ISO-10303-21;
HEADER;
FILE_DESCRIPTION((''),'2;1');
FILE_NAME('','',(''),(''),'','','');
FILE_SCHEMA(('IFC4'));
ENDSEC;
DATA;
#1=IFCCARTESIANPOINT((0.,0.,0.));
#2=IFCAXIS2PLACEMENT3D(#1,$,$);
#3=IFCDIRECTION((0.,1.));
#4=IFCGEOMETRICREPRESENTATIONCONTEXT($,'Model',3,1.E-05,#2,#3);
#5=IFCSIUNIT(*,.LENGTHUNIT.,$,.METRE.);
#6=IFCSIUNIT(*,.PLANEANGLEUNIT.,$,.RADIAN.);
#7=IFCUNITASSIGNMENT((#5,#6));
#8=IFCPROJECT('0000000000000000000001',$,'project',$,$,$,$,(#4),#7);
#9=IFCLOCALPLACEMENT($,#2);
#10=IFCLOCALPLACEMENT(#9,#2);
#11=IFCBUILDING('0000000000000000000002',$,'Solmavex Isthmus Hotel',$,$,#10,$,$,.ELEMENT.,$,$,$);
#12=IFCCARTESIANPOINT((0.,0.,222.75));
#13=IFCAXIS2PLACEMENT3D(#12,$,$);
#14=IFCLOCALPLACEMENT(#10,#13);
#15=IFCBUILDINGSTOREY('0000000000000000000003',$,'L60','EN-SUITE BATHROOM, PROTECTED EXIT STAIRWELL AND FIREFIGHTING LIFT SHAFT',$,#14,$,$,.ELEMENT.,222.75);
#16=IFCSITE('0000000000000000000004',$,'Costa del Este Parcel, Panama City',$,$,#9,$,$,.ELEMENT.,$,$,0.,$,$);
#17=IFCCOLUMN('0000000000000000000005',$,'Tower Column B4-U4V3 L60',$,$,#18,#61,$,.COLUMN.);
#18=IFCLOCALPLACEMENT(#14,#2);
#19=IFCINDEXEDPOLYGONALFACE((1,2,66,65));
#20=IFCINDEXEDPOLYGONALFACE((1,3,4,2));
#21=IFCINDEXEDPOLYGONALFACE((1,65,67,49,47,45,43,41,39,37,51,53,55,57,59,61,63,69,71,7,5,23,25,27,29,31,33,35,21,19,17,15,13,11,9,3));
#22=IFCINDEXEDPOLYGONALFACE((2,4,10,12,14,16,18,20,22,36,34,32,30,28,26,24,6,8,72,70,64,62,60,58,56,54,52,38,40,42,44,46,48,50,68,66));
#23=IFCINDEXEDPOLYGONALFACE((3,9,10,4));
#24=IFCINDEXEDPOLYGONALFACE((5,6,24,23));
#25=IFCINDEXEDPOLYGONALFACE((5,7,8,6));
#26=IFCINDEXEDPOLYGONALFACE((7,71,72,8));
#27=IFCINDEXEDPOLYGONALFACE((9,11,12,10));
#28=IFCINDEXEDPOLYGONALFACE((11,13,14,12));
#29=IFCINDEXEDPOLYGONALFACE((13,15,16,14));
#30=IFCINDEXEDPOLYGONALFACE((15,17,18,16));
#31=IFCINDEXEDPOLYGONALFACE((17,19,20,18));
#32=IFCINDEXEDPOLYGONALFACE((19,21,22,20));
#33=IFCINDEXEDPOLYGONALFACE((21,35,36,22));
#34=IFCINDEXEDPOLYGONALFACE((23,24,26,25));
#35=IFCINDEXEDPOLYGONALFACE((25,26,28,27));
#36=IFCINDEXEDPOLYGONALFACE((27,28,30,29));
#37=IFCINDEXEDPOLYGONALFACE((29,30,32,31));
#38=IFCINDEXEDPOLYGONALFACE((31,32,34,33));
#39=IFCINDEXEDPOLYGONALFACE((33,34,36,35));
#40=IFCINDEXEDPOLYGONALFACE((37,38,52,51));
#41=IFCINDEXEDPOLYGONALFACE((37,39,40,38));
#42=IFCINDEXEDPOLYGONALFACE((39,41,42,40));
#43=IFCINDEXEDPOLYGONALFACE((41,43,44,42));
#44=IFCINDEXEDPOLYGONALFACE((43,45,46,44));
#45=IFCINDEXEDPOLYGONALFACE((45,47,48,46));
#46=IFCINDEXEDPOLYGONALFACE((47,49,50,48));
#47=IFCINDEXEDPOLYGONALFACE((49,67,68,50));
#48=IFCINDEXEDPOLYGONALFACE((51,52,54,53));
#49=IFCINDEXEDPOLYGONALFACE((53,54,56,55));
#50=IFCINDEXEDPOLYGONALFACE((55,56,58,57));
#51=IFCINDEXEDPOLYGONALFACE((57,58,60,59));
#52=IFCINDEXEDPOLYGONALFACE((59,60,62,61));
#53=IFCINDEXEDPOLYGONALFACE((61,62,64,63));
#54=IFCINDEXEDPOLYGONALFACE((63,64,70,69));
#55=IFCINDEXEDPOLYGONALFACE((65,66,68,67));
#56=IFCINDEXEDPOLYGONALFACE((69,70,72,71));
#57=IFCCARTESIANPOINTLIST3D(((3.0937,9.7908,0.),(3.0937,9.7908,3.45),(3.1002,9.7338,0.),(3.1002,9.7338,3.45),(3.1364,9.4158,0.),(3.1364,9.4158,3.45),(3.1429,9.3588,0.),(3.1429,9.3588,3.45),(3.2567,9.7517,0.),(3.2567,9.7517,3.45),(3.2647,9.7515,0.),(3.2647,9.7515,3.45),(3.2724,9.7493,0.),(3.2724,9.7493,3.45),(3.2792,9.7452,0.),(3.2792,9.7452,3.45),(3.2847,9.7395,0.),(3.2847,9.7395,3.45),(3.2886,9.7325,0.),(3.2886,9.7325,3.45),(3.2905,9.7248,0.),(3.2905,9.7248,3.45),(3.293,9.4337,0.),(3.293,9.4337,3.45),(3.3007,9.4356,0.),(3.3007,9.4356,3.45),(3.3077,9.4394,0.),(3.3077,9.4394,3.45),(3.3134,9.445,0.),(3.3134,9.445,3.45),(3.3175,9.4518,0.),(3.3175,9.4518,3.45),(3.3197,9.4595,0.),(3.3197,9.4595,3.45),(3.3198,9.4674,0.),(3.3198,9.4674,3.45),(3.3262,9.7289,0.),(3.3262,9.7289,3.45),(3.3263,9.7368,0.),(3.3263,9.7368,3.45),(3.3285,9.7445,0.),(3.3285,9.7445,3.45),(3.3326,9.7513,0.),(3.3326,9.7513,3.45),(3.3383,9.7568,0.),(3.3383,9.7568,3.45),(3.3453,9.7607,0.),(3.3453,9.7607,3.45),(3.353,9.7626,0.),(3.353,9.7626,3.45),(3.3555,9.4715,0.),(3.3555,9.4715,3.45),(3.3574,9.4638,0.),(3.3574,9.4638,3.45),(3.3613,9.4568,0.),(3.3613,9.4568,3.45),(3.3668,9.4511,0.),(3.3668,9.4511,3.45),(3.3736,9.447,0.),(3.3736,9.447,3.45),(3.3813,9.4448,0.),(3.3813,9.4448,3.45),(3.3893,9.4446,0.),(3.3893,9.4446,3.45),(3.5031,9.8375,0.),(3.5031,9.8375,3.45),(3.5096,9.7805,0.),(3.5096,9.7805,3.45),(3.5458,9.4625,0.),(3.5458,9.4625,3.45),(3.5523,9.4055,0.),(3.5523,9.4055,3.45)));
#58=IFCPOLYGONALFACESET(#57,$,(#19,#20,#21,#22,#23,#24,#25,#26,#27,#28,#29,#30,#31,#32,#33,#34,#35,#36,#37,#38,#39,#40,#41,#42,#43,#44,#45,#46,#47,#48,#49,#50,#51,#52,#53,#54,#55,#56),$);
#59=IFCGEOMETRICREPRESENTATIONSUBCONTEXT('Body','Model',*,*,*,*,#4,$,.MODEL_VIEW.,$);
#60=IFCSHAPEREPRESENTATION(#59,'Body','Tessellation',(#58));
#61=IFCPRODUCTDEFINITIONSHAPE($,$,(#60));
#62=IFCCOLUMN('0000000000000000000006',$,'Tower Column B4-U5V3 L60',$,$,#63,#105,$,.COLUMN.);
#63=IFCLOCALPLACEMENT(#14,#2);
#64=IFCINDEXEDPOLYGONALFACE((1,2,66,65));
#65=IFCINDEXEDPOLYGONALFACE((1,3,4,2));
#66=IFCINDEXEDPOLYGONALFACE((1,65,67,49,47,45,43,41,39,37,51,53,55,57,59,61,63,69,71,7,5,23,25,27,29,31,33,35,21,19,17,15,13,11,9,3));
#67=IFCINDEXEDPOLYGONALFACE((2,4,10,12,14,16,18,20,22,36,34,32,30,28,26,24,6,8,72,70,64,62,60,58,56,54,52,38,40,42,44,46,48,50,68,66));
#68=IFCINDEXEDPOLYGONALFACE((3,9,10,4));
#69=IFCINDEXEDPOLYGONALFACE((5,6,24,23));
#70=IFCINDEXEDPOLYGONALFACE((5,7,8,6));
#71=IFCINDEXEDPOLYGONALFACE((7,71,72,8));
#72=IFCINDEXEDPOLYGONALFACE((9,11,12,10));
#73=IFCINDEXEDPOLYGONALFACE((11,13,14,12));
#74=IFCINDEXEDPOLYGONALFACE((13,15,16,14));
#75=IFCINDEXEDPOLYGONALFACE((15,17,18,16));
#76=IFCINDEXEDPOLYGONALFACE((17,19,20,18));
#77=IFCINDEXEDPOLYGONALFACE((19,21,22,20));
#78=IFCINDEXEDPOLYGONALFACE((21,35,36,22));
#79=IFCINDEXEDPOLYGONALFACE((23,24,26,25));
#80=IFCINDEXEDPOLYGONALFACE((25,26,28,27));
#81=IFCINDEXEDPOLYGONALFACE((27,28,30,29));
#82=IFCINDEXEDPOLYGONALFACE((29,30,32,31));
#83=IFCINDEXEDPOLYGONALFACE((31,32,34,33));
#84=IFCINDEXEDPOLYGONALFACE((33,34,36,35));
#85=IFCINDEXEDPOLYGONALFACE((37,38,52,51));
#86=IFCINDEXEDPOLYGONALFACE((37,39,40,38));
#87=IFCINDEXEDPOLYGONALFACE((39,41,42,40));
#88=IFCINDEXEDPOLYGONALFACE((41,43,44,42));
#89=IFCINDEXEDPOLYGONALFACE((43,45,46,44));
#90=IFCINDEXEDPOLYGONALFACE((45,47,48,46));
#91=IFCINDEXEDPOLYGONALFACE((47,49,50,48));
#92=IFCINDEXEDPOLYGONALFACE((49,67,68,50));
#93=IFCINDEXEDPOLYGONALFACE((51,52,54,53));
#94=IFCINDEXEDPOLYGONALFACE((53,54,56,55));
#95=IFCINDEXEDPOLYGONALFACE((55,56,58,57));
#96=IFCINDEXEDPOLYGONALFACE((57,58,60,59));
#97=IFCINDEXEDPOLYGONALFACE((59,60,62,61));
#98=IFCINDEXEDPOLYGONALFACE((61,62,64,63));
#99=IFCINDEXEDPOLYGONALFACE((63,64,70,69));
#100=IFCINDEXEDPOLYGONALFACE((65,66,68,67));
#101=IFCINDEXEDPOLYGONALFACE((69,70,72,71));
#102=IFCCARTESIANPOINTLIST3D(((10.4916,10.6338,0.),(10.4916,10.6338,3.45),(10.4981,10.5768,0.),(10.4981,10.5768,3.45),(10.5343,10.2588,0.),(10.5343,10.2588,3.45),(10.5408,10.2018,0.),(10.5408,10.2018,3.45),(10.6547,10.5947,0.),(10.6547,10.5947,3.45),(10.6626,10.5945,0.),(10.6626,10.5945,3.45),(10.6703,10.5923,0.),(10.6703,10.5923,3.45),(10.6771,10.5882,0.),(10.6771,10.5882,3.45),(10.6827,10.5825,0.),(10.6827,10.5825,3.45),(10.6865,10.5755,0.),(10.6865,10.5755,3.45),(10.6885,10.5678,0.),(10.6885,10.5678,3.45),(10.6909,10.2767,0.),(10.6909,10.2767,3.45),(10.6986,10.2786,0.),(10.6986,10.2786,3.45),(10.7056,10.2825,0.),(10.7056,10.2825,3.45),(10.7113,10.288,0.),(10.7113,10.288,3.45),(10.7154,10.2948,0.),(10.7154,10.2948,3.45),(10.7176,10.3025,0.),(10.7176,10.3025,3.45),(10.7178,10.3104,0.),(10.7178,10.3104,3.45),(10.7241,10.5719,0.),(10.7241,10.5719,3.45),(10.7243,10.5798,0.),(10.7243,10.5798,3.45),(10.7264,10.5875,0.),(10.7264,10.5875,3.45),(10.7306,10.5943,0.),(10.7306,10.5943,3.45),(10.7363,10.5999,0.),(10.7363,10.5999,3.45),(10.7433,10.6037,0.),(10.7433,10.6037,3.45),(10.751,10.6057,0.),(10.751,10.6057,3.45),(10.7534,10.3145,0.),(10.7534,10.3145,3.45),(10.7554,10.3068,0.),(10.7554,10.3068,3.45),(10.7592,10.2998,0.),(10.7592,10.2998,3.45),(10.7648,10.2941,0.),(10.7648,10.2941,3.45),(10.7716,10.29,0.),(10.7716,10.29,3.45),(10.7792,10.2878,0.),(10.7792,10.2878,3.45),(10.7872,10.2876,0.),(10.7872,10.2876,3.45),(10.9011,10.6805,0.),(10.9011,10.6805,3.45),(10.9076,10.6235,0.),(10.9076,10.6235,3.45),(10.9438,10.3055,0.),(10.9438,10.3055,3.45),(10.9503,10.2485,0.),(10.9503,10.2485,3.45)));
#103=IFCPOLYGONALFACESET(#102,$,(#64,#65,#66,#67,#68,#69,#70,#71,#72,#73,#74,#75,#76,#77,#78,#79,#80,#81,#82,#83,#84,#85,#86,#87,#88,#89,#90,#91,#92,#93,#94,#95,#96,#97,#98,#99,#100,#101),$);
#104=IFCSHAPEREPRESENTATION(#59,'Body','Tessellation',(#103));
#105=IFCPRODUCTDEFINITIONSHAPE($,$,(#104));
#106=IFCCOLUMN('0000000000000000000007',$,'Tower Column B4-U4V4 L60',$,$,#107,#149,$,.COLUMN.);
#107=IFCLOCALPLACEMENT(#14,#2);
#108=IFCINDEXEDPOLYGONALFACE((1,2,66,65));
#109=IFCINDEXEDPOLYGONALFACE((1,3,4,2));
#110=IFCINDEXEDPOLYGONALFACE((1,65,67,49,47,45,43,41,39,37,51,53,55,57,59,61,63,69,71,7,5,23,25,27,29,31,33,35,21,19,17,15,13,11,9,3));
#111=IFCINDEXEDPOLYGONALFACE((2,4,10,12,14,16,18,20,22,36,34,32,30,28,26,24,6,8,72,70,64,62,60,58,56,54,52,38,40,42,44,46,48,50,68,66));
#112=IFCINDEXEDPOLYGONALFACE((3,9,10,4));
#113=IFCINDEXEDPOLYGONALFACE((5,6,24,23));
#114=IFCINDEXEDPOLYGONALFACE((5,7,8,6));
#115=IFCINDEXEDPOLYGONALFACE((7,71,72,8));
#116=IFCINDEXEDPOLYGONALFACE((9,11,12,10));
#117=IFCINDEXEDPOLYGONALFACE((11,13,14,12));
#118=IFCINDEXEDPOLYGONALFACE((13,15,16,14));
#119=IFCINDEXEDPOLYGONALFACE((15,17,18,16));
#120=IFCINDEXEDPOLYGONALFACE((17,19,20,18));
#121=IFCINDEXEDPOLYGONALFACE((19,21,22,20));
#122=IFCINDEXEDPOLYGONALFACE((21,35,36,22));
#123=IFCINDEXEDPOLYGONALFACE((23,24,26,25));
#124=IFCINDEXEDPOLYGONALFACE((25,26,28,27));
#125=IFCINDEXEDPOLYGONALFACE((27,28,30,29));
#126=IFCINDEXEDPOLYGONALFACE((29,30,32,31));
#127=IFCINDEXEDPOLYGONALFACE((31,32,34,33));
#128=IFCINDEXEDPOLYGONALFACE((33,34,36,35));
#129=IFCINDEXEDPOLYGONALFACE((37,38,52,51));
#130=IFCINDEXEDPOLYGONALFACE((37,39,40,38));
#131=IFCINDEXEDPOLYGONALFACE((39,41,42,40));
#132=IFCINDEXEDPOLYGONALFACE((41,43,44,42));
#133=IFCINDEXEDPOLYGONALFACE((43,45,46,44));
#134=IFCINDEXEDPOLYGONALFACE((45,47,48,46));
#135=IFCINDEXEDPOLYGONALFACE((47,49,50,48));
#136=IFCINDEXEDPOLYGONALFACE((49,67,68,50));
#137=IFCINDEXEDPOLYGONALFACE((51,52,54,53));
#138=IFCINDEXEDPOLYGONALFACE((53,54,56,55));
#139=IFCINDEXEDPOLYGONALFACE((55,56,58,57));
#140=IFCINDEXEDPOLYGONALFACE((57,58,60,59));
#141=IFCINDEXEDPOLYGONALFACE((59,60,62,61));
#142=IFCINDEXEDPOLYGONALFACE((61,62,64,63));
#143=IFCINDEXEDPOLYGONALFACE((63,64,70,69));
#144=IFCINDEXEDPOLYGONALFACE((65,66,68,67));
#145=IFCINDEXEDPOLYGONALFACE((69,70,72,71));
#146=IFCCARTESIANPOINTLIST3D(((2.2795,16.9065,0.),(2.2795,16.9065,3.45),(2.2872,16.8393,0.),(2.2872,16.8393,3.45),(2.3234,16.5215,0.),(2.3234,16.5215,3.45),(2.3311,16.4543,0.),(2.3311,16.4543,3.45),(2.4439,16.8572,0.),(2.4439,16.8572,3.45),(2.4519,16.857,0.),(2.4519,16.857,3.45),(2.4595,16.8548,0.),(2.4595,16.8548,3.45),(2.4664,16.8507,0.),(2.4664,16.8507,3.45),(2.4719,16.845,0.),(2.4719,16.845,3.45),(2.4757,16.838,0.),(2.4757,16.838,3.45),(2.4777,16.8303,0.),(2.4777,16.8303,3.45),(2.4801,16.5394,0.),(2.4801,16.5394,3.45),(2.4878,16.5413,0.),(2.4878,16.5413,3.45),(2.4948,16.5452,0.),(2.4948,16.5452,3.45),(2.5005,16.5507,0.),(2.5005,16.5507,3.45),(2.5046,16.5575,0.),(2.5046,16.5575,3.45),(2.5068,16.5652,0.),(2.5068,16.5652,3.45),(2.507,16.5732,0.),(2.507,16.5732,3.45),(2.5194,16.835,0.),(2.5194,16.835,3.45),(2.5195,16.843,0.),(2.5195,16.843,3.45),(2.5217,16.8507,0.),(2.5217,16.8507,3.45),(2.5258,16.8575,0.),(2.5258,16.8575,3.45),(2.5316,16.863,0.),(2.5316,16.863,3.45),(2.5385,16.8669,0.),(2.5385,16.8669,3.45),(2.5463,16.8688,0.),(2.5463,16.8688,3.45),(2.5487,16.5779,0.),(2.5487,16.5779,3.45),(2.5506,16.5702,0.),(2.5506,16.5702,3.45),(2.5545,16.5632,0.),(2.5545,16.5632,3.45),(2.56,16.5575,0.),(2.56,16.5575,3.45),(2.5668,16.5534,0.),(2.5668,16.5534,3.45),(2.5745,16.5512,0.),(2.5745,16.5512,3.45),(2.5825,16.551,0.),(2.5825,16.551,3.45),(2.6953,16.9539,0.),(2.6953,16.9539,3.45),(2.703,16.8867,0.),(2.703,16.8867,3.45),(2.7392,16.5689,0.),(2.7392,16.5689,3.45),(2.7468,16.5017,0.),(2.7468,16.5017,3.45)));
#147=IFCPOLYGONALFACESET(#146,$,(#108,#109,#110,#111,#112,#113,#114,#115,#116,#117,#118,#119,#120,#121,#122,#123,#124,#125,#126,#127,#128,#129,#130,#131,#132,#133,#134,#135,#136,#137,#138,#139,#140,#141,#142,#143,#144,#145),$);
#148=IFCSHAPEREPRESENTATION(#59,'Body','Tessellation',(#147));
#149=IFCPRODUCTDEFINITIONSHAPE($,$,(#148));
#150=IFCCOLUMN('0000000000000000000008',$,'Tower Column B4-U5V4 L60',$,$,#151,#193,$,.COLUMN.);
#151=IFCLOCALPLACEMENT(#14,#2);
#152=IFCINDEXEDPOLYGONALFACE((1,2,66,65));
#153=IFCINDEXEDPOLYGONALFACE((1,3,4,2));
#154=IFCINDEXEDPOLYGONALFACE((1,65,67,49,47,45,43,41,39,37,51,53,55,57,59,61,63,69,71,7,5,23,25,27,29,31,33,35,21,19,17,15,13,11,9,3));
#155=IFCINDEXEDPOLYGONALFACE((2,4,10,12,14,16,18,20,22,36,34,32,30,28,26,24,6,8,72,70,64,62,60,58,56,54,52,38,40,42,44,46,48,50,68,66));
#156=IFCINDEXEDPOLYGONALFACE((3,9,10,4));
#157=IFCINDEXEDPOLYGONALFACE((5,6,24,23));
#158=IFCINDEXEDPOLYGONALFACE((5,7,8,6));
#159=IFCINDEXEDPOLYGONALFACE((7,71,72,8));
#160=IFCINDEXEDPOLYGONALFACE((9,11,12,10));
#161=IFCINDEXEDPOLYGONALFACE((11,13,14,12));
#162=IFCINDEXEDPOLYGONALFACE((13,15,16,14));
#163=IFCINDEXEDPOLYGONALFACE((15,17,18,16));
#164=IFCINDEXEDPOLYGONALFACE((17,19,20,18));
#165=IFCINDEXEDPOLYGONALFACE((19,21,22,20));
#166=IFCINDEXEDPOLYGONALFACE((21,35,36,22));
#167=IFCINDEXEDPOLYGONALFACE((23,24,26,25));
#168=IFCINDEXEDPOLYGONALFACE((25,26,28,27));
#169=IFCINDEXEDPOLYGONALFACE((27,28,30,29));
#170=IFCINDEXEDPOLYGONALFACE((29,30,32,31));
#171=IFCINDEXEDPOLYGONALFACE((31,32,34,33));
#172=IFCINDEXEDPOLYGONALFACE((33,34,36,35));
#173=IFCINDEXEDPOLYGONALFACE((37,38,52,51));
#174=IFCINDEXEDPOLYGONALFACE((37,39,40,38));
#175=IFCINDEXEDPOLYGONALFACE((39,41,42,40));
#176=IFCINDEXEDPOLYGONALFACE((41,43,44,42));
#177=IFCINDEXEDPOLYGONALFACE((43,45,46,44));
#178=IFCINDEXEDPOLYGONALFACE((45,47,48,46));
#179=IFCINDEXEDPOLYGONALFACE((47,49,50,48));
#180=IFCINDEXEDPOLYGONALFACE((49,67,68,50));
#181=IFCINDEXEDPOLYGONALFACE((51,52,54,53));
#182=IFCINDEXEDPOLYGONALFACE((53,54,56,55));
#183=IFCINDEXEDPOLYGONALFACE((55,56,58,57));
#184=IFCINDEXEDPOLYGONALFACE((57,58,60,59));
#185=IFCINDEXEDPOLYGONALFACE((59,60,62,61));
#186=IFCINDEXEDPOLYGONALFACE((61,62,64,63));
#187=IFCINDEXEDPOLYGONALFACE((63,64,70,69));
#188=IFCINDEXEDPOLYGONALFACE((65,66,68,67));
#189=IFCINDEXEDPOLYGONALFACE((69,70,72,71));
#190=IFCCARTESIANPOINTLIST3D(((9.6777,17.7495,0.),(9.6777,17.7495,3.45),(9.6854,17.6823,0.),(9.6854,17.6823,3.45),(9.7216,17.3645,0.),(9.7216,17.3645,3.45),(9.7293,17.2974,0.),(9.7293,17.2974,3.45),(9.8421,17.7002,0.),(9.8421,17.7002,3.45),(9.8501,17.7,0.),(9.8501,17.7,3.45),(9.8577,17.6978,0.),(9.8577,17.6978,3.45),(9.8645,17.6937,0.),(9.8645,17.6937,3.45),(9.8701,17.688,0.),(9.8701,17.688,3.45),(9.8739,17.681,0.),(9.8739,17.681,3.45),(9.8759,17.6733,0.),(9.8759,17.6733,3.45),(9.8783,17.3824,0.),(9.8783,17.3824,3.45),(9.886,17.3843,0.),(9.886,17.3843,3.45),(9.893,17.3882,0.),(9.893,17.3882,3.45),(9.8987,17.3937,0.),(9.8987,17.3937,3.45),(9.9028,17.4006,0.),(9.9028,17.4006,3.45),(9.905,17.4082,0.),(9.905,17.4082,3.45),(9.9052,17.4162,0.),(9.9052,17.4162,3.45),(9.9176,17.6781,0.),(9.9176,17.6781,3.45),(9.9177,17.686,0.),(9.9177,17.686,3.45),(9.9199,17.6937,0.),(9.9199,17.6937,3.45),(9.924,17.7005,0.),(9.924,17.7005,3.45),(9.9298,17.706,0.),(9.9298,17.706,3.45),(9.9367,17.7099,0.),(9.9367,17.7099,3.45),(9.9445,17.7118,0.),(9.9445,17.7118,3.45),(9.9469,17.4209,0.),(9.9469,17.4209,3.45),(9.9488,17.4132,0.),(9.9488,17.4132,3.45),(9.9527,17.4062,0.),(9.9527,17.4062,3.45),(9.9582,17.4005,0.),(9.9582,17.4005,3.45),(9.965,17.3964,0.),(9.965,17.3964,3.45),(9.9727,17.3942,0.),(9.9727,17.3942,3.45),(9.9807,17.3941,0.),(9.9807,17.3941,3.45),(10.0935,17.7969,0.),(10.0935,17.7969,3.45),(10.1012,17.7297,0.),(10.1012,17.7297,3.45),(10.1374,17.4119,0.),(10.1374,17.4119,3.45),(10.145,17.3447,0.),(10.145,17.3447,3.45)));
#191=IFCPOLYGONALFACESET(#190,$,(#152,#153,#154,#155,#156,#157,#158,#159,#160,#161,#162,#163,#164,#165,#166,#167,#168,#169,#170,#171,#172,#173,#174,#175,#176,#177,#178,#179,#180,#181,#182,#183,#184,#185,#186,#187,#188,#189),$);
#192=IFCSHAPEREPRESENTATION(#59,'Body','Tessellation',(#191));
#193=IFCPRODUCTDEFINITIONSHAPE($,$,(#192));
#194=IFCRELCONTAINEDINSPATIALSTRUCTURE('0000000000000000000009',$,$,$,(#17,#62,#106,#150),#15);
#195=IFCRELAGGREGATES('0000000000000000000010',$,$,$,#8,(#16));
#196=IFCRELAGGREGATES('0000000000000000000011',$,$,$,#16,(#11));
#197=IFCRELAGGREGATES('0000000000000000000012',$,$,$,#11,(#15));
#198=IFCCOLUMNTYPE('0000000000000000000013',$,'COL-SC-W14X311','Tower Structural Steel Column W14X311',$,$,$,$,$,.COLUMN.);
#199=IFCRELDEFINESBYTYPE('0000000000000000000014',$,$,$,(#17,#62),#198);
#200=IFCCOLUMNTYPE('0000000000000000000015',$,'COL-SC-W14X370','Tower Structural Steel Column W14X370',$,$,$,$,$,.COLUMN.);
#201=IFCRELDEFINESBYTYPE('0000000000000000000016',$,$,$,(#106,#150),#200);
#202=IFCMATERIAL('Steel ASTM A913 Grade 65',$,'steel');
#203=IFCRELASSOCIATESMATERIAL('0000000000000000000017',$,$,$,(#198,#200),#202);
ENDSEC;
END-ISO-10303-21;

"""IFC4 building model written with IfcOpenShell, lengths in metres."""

from ifc_helpers import new_model, si_unit, direction, frame, origin, origin_2d, place, context, subcontext, project, spatial, i_section, extrude, material, material_profile, profile_set, type_object, element, save


model = new_model("IFC4")

# Units and contexts
model_context = context("Model", 3, precision=1e-05, world=origin(), true_north=direction((0.0, 1.0)))
body_context = subcontext(model_context, "Body", "Model", "MODEL_VIEW")
ifc_project = project(units=[si_unit("LENGTHUNIT", "METRE"), si_unit("PLANEANGLEUNIT", "RADIAN")], contexts=[model_context])

# Site, building, storey
site_placement = place(None, origin())
site = spatial("IfcSite", under=ifc_project, at=site_placement, Name="Costa del Este Parcel, Panama City", CompositionType="ELEMENT", RefElevation=0.0)
building_placement = place(site_placement, origin())
building = spatial("IfcBuilding", under=site, at=building_placement, Name="Solmavex Isthmus Hotel", CompositionType="ELEMENT")
storey_placement = place(building_placement, frame((0.0, 0.0, 222.75)))
storey = spatial("IfcBuildingStorey", under=building, at=storey_placement, Name="L60", Description="EN-SUITE BATHROOM, PROTECTED EXIT STAIRWELL AND FIREFIGHTING LIFT SHAFT", CompositionType="ELEMENT", Elevation=222.75)

# Columns
ifc_material_1 = material(Name="Steel ASTM A913 Grade 65", Category="steel")
ifc_material_profile_1 = material_profile(ifc_material_1, i_section(OverallWidth=0.4121, OverallDepth=0.4348, WebThickness=0.0359, FlangeThickness=0.0574, FilletRadius=0.0305, at=origin_2d()), Name="W14X311")
ifc_profile_set_1 = profile_set([ifc_material_profile_1], Name="Steel ASTM A913 Grade 65")
column_type_1 = type_object("IfcColumnType", Name="COL-SC-W14X311", Description="Tower Structural Steel Column W14X311", PredefinedType="COLUMN", material=ifc_profile_set_1)
for number, where, z_axis, x_axis, name in (
    (1, (3.323, 9.5981, 0.0), (0.0, 0.0, 1.0), (0.993572, 0.113203, 0.0), "Tower Column B4-U4V3 L60"),
    (2, (10.7209, 10.4412, 0.0), (0.0, 0.0, 1.0), (0.993572, 0.113203, 0.0), "Tower Column B4-U5V3 L60"),
):
    element("IfcColumn", number, at=place(storey_placement, frame(where, z_axis=z_axis, x_axis=x_axis)), inside=storey, type_object=column_type_1, Name=name, PredefinedType="COLUMN", context=body_context, shape_type="SweptSolid", body=[
        extrude(i_section(OverallWidth=0.4121, OverallDepth=0.4348, WebThickness=0.0359, FlangeThickness=0.0574, FilletRadius=0.0305, at=origin_2d()), origin(), (0.0, 0.0, 1.0), 3.45),
    ])
ifc_material_profile_2 = material_profile(ifc_material_1, i_section(OverallWidth=0.4185, OverallDepth=0.4551, WebThickness=0.042, FlangeThickness=0.0676, FilletRadius=0.0305, at=origin_2d()), Name="W14X370")
ifc_profile_set_2 = profile_set([ifc_material_profile_2], Name="Steel ASTM A913 Grade 65")
column_type_2 = type_object("IfcColumnType", Name="COL-SC-W14X370", Description="Tower Structural Steel Column W14X370", PredefinedType="COLUMN", material=ifc_profile_set_2)
for number, where, z_axis, x_axis, name in (
    (3, (2.5132, 16.7041, 0.0), (0.0, 0.0, 1.0), (0.993572, 0.113203, 0.0), "Tower Column B4-U4V4 L60"),
    (4, (9.9114, 17.5471, 0.0), (0.0, 0.0, 1.0), (0.993572, 0.113203, 0.0), "Tower Column B4-U5V4 L60"),
):
    element("IfcColumn", number, at=place(storey_placement, frame(where, z_axis=z_axis, x_axis=x_axis)), inside=storey, type_object=column_type_2, Name=name, PredefinedType="COLUMN", context=body_context, shape_type="SweptSolid", body=[
        extrude(i_section(OverallWidth=0.4185, OverallDepth=0.4551, WebThickness=0.042, FlangeThickness=0.0676, FilletRadius=0.0305, at=origin_2d()), origin(), (0.0, 0.0, 1.0), 3.45),
    ])

save(model, "model.ifc")
